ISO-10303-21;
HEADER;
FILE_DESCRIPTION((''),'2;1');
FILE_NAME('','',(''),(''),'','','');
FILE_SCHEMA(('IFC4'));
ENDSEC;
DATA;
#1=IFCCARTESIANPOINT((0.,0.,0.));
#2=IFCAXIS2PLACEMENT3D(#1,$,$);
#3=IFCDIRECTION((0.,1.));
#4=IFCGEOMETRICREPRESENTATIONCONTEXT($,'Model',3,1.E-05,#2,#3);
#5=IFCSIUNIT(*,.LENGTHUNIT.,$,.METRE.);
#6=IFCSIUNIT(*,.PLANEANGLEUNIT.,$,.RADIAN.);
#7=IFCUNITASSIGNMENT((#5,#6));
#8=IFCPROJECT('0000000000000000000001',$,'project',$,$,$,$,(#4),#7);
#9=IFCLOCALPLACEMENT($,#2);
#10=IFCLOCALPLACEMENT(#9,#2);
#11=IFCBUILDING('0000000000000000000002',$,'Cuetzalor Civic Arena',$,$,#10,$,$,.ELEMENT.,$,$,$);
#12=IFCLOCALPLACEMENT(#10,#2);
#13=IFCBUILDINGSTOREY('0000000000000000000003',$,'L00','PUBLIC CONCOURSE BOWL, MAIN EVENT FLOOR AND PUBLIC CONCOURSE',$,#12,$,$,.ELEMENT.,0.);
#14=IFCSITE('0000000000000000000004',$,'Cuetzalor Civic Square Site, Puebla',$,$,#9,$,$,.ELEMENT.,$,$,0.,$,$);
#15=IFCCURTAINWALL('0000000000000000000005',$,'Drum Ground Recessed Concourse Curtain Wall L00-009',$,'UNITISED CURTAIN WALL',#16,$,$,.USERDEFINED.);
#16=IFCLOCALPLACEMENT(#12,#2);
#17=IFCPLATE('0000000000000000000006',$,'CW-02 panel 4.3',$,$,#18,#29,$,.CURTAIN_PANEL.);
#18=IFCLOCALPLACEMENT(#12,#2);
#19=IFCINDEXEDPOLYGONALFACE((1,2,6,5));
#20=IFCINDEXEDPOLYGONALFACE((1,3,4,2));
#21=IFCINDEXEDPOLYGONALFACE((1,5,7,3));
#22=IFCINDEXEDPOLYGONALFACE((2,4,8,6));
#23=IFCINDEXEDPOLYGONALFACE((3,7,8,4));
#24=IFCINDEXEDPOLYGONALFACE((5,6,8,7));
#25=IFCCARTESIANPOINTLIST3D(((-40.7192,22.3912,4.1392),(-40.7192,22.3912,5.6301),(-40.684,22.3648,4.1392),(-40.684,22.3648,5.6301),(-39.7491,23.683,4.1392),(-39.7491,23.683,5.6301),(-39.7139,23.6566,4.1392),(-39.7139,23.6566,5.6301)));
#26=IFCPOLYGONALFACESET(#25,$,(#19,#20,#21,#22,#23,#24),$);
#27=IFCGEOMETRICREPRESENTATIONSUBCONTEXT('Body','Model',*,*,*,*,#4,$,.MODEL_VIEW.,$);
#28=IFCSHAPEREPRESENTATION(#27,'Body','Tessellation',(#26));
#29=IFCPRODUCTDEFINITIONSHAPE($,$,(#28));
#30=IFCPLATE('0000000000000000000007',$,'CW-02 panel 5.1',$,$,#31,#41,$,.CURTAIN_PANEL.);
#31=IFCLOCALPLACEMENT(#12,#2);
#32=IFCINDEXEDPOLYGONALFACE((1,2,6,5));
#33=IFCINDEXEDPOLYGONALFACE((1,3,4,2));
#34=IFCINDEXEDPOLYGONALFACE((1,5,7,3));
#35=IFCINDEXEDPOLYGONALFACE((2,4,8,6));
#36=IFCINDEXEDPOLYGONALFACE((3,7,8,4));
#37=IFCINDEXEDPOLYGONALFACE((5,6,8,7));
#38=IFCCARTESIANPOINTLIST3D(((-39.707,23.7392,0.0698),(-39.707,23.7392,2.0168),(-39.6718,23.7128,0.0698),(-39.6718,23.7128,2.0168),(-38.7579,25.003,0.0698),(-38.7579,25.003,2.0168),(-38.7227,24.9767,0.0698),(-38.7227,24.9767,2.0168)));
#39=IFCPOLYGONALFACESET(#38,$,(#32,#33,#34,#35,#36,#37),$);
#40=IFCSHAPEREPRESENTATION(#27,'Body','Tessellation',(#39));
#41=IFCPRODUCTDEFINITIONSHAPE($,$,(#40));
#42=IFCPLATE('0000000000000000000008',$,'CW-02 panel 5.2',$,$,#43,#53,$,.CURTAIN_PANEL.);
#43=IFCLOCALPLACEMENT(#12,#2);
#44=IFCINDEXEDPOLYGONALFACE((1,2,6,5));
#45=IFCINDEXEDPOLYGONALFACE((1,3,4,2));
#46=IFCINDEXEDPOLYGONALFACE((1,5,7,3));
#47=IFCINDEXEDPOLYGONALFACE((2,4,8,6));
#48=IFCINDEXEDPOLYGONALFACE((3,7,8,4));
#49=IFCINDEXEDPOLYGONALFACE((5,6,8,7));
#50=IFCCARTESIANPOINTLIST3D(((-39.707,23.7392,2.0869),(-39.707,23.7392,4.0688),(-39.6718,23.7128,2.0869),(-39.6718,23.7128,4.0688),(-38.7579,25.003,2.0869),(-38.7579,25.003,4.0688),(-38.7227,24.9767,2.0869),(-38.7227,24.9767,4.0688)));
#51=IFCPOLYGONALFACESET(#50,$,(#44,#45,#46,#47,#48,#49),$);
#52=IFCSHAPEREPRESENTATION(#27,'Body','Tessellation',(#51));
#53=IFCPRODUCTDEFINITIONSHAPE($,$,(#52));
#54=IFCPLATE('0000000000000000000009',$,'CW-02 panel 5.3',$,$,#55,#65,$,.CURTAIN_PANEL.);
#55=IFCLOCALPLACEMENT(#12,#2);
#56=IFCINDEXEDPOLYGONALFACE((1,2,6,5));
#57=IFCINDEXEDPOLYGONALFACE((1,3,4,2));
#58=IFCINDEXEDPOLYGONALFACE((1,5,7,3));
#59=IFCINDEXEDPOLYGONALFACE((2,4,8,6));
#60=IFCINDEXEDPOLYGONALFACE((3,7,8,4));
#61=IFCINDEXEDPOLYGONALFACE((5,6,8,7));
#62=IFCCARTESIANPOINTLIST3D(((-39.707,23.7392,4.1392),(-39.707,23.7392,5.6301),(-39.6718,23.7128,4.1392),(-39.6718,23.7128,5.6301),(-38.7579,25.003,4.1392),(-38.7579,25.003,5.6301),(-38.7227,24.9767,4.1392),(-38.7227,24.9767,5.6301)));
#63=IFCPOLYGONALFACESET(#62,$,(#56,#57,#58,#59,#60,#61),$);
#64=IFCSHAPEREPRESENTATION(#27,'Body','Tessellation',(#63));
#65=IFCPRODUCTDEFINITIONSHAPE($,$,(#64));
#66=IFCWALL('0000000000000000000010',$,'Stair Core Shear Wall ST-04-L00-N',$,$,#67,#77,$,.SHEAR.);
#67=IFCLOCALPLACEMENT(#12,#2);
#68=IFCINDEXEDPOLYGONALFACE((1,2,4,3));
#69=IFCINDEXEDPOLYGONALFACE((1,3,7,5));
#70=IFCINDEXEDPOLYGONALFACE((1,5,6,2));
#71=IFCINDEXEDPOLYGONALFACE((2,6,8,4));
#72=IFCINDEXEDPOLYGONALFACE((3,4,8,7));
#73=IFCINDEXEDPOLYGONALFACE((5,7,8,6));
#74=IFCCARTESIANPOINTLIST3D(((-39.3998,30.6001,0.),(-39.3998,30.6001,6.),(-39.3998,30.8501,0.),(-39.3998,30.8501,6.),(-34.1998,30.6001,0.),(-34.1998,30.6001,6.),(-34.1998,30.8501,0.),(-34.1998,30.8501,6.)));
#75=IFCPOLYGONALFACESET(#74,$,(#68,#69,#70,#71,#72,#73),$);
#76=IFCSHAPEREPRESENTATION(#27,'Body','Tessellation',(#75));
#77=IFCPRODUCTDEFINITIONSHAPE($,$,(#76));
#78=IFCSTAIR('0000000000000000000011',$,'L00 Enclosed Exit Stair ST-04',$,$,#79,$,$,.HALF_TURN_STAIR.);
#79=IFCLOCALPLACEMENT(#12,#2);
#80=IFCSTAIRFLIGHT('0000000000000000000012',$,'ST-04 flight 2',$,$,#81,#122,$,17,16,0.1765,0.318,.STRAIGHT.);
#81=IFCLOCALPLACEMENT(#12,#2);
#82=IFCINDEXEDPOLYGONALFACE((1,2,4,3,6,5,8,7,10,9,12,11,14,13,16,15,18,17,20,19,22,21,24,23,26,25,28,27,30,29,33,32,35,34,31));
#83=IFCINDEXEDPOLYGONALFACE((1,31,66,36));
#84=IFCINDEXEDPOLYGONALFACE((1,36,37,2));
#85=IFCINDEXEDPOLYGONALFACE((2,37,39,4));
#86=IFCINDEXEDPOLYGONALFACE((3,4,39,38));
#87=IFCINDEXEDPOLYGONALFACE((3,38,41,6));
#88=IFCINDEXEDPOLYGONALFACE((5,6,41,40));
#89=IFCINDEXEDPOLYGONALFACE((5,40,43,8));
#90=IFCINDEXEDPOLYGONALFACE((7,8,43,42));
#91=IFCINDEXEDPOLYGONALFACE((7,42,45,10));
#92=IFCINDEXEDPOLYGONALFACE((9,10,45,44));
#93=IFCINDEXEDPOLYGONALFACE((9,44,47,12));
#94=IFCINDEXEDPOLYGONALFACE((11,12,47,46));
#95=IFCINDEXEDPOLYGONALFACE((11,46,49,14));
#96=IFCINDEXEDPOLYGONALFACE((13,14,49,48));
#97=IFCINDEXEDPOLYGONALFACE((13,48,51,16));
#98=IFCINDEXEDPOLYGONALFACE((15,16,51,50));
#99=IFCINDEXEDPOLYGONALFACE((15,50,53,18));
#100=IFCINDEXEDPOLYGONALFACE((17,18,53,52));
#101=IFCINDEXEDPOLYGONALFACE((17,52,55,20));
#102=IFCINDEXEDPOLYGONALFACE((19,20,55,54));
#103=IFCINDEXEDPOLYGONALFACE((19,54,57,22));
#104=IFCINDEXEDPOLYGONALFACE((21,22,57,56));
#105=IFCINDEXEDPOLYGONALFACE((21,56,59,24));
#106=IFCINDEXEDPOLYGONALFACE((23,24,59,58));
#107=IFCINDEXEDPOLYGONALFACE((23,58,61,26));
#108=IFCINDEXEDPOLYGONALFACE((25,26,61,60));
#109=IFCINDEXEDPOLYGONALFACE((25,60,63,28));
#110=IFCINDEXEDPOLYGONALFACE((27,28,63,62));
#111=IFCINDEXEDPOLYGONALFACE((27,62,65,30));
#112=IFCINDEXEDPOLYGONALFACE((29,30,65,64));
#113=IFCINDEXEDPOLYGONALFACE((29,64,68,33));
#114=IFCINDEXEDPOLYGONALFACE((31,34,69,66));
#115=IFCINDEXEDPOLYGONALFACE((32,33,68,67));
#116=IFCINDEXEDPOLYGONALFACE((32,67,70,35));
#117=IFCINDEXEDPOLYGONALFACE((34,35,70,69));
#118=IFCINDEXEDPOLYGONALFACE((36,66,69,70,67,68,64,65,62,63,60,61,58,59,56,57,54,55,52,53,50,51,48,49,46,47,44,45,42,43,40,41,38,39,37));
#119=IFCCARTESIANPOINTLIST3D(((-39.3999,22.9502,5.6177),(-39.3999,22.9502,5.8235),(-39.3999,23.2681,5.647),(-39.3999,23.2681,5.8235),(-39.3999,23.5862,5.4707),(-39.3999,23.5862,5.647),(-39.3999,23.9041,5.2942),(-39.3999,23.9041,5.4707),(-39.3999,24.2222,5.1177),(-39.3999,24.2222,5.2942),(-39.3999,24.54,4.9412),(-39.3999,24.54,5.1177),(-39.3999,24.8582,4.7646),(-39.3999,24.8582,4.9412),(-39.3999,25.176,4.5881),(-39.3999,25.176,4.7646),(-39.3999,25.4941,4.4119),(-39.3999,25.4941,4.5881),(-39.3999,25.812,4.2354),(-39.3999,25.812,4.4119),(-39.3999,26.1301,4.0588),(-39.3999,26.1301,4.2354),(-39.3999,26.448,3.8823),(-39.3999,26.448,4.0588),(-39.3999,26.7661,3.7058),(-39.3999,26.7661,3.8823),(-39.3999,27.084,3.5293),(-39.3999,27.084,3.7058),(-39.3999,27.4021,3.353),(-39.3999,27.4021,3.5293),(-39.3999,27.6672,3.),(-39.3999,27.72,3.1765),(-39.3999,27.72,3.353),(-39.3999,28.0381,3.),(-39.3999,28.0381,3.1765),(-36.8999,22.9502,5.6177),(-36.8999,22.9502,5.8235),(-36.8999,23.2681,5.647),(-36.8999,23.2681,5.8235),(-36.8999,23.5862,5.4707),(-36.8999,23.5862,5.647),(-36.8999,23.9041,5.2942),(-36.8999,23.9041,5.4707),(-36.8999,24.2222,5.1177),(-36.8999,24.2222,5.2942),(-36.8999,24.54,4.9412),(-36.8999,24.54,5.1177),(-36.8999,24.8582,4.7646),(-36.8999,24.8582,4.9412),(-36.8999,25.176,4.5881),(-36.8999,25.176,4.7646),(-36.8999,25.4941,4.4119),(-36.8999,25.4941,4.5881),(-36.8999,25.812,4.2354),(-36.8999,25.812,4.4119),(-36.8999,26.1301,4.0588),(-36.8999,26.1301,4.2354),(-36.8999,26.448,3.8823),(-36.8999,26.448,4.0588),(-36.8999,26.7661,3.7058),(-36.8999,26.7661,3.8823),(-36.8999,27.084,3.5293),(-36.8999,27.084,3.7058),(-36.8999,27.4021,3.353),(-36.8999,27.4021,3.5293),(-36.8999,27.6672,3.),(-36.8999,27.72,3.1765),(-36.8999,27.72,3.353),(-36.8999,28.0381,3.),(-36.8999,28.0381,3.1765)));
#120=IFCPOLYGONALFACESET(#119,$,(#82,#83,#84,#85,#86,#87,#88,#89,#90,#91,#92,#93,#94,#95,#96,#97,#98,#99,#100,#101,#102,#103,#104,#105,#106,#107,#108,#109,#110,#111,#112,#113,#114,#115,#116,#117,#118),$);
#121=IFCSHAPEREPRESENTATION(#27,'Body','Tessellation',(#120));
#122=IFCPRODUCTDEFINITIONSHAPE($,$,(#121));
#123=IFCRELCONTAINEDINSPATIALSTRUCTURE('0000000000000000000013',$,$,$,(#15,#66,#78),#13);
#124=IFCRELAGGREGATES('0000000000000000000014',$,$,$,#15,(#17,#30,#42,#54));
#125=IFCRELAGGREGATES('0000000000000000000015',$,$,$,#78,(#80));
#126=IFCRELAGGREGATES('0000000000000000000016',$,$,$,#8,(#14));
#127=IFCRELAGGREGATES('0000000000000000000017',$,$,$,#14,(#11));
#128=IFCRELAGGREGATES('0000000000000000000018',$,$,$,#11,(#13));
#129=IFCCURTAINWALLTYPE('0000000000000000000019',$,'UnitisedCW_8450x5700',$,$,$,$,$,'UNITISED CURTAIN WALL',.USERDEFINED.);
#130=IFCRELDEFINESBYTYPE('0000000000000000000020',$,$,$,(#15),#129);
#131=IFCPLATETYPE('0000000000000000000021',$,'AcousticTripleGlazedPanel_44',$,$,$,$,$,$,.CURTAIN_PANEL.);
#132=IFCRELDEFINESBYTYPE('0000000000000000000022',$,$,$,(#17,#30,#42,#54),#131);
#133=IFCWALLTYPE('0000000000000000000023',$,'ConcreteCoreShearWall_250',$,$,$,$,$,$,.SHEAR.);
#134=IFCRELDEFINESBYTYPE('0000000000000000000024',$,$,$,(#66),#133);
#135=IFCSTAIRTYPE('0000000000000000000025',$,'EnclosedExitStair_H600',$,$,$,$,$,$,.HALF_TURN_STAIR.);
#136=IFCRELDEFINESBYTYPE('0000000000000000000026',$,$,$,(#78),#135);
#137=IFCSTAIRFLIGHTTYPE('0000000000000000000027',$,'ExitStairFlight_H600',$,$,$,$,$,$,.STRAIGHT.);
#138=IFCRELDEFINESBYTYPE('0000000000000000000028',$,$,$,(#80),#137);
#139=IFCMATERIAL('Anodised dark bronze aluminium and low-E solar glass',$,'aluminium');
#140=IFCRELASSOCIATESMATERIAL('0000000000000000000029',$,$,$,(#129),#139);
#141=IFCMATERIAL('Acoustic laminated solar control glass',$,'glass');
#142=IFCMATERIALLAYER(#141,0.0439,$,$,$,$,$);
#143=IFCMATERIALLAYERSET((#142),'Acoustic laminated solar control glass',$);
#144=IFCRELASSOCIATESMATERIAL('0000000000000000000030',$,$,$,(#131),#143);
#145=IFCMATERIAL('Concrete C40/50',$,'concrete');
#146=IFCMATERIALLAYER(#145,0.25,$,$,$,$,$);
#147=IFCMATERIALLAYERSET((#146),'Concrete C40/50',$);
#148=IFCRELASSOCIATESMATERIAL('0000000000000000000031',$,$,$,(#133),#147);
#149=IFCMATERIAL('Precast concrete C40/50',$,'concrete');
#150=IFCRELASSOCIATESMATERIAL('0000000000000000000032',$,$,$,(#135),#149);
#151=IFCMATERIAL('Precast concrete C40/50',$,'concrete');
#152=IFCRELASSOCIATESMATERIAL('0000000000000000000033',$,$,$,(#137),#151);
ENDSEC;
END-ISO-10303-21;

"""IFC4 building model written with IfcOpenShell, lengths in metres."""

from ifc_helpers import new_model, si_unit, direction, frame, frame_2d, origin, origin_2d, place, context, subcontext, project, spatial, polyline, rectangle, outline, extrude, material, layer, layer_set, type_object, element, aggregate, save


model = new_model("IFC4")

# Units and contexts
model_context = context("Model", 3, precision=1e-05, world=origin(), true_north=direction((0.0, 1.0)))
body_context = subcontext(model_context, "Body", "Model", "MODEL_VIEW")
ifc_project = project(units=[si_unit("LENGTHUNIT", "METRE"), si_unit("PLANEANGLEUNIT", "RADIAN")], contexts=[model_context])

# Site, building, storey
site_placement = place(None, origin())
site = spatial("IfcSite", under=ifc_project, at=site_placement, Name="Cuetzalor Civic Square Site, Puebla", CompositionType="ELEMENT", RefElevation=0.0)
building_placement = place(site_placement, origin())
building = spatial("IfcBuilding", under=site, at=building_placement, Name="Cuetzalor Civic Arena", CompositionType="ELEMENT")
storey_placement = place(building_placement, origin())
storey = spatial("IfcBuildingStorey", under=building, at=storey_placement, Name="L00", Description="PUBLIC CONCOURSE BOWL, MAIN EVENT FLOOR AND PUBLIC CONCOURSE", CompositionType="ELEMENT", Elevation=0.0)

# Curtain wall
ifc_material_1 = material(Name="Anodised dark bronze aluminium and low-E solar glass", Category="aluminium")
curtain_wall_type_1 = type_object("IfcCurtainWallType", Name="UnitisedCW_8450x5700", ElementType="UNITISED CURTAIN WALL", PredefinedType="USERDEFINED", material=ifc_material_1)
curtain_wall_1_placement = place(storey_placement, origin())
curtain_wall_1 = element("IfcCurtainWall", 1, at=curtain_wall_1_placement, inside=storey, type_object=curtain_wall_type_1, Name="Drum Ground Recessed Concourse Curtain Wall L00-009", ObjectType="UNITISED CURTAIN WALL", PredefinedType="USERDEFINED")

# Plates
ifc_material_2 = material(Name="Acoustic laminated solar control glass", Category="glass")
ifc_layer_1 = layer(ifc_material_2, 0.0439)
ifc_layer_set_1 = layer_set([ifc_layer_1], Name="Acoustic laminated solar control glass")
plate_type = type_object("IfcPlateType", Name="AcousticTripleGlazedPanel_44", PredefinedType="CURTAIN_PANEL", material=ifc_layer_set_1)
plate_1_placement = place(storey_placement, frame((-40.2166, 23.0239, 4.1392), z_axis=(0.0, 0.0, 1.0), x_axis=(0.600492, 0.799631, 0.0)))
plate_1 = element("IfcPlate", 2, at=plate_1_placement, type_object=plate_type, Name="CW-02 panel 4.3", PredefinedType="CURTAIN_PANEL", context=body_context, shape_type="SweptSolid", body=[
    extrude(rectangle(XDim=1.6155, YDim=0.0439, at=origin_2d()), origin(), (0.0, 0.0, 1.0), 1.491),
])
plate_2_placement = place(storey_placement, frame((-39.2148, 24.3579, 0.0698), z_axis=(0.0, 0.0, 1.0), x_axis=(0.600492, 0.799631, 0.0)))
plate_2 = element("IfcPlate", 3, at=plate_2_placement, type_object=plate_type, Name="CW-02 panel 5.1", PredefinedType="CURTAIN_PANEL", context=body_context, shape_type="SweptSolid", body=[
    extrude(rectangle(XDim=1.5806, YDim=0.0439, at=origin_2d()), origin(), (0.0, 0.0, 1.0), 1.947),
])
plate_3_placement = place(storey_placement, frame((-39.2148, 24.3579, 2.0869), z_axis=(0.0, 0.0, 1.0), x_axis=(0.600492, 0.799631, 0.0)))
plate_3 = element("IfcPlate", 4, at=plate_3_placement, type_object=plate_type, Name="CW-02 panel 5.2", PredefinedType="CURTAIN_PANEL", context=body_context, shape_type="SweptSolid", body=[
    extrude(rectangle(XDim=1.5806, YDim=0.0439, at=origin_2d()), origin(), (0.0, 0.0, 1.0), 1.9819),
])
plate_4_placement = place(storey_placement, frame((-39.2148, 24.3579, 4.1392), z_axis=(0.0, 0.0, 1.0), x_axis=(0.600492, 0.799631, 0.0)))
plate_4 = element("IfcPlate", 5, at=plate_4_placement, type_object=plate_type, Name="CW-02 panel 5.3", PredefinedType="CURTAIN_PANEL", context=body_context, shape_type="SweptSolid", body=[
    extrude(rectangle(XDim=1.5806, YDim=0.0439, at=origin_2d()), origin(), (0.0, 0.0, 1.0), 1.491),
])
aggregate(curtain_wall_1, [plate_1, plate_2, plate_3, plate_4])

# Wall
ifc_material_3 = material(Name="Concrete C40/50", Category="concrete")
ifc_layer_2 = layer(ifc_material_3, 0.25)
ifc_layer_set_2 = layer_set([ifc_layer_2], Name="Concrete C40/50")
wall_type = type_object("IfcWallType", Name="ConcreteCoreShearWall_250", PredefinedType="SHEAR", material=ifc_layer_set_2)
wall_placement = place(storey_placement, frame((-39.3999, 30.7251, 0.0), z_axis=(0.0, 0.0, 1.0), x_axis=(1.0, 0.0, 0.0)))
element("IfcWall", 6, at=wall_placement, inside=storey, type_object=wall_type, Name="Stair Core Shear Wall ST-04-L00-N", PredefinedType="SHEAR", context=body_context, shape_type="SweptSolid", body=[
    extrude(rectangle(XDim=5.2, YDim=0.25, at=frame_2d((2.6001, 0.0))), origin(), (0.0, 0.0, 1.0), 6.0),
])

# Stair, stair flight
ifc_material_4 = material(Name="Precast concrete C40/50", Category="concrete")
stair_type = type_object("IfcStairType", Name="EnclosedExitStair_H600", PredefinedType="HALF_TURN_STAIR", material=ifc_material_4)
stair_placement = place(storey_placement, origin())
stair = element("IfcStair", 7, at=stair_placement, inside=storey, type_object=stair_type, Name="L00 Enclosed Exit Stair ST-04", PredefinedType="HALF_TURN_STAIR")
ifc_material_5 = material(Name="Precast concrete C40/50", Category="concrete")
stair_flight_type = type_object("IfcStairFlightType", Name="ExitStairFlight_H600", PredefinedType="STRAIGHT", material=ifc_material_5)
stair_flight_placement = place(storey_placement, frame((-38.1499, 28.0381, 3.0), z_axis=(0.0, 0.0, 1.0), x_axis=(0.0, -1.0, 0.0)))
stair_flight = element("IfcStairFlight", 8, at=stair_flight_placement, type_object=stair_flight_type, Name="ST-04 flight 2", NumberOfRisers=17, NumberOfTreads=16, PredefinedType="STRAIGHT", RiserHeight=0.1765, TreadLength=0.318, context=body_context, shape_type="SweptSolid", body=[
    extrude(outline(polyline([(0.0, 0.0), (0.0, 0.1765), (0.3181, 0.1765), (0.3181, 0.353), (0.636, 0.353), (0.636, 0.5293), (0.9541, 0.5293), (0.9541, 0.7058), (1.272, 0.7058), (1.272, 0.8823), (1.5901, 0.8823), (1.5901, 1.0588), (1.908, 1.0588), (1.908, 1.2354), (2.2261, 1.2354), (2.2261, 1.4119), (2.5439, 1.4119), (2.5439, 1.5881), (2.8621, 1.5881), (2.8621, 1.7646), (3.1799, 1.7646), (3.1799, 1.9412), (3.498, 1.9412), (3.498, 2.1177), (3.8159, 2.1177), (3.8159, 2.2942), (4.134, 2.2942), (4.134, 2.4707), (4.4519, 2.4707), (4.4519, 2.647), (4.77, 2.647), (4.77, 2.8235), (5.0879, 2.8235), (5.0879, 3.0), (5.0879, 2.6177), (0.3708, 0.0), (0.0, 0.0)])), frame((0.0, 1.25, 0.0), z_axis=(0.0, -1.0, 0.0), x_axis=(1.0, 0.0, 0.0)), (0.0, 0.0, 1.0), 2.5),
])
aggregate(stair, [stair_flight])

save(model, "model.ifc")
